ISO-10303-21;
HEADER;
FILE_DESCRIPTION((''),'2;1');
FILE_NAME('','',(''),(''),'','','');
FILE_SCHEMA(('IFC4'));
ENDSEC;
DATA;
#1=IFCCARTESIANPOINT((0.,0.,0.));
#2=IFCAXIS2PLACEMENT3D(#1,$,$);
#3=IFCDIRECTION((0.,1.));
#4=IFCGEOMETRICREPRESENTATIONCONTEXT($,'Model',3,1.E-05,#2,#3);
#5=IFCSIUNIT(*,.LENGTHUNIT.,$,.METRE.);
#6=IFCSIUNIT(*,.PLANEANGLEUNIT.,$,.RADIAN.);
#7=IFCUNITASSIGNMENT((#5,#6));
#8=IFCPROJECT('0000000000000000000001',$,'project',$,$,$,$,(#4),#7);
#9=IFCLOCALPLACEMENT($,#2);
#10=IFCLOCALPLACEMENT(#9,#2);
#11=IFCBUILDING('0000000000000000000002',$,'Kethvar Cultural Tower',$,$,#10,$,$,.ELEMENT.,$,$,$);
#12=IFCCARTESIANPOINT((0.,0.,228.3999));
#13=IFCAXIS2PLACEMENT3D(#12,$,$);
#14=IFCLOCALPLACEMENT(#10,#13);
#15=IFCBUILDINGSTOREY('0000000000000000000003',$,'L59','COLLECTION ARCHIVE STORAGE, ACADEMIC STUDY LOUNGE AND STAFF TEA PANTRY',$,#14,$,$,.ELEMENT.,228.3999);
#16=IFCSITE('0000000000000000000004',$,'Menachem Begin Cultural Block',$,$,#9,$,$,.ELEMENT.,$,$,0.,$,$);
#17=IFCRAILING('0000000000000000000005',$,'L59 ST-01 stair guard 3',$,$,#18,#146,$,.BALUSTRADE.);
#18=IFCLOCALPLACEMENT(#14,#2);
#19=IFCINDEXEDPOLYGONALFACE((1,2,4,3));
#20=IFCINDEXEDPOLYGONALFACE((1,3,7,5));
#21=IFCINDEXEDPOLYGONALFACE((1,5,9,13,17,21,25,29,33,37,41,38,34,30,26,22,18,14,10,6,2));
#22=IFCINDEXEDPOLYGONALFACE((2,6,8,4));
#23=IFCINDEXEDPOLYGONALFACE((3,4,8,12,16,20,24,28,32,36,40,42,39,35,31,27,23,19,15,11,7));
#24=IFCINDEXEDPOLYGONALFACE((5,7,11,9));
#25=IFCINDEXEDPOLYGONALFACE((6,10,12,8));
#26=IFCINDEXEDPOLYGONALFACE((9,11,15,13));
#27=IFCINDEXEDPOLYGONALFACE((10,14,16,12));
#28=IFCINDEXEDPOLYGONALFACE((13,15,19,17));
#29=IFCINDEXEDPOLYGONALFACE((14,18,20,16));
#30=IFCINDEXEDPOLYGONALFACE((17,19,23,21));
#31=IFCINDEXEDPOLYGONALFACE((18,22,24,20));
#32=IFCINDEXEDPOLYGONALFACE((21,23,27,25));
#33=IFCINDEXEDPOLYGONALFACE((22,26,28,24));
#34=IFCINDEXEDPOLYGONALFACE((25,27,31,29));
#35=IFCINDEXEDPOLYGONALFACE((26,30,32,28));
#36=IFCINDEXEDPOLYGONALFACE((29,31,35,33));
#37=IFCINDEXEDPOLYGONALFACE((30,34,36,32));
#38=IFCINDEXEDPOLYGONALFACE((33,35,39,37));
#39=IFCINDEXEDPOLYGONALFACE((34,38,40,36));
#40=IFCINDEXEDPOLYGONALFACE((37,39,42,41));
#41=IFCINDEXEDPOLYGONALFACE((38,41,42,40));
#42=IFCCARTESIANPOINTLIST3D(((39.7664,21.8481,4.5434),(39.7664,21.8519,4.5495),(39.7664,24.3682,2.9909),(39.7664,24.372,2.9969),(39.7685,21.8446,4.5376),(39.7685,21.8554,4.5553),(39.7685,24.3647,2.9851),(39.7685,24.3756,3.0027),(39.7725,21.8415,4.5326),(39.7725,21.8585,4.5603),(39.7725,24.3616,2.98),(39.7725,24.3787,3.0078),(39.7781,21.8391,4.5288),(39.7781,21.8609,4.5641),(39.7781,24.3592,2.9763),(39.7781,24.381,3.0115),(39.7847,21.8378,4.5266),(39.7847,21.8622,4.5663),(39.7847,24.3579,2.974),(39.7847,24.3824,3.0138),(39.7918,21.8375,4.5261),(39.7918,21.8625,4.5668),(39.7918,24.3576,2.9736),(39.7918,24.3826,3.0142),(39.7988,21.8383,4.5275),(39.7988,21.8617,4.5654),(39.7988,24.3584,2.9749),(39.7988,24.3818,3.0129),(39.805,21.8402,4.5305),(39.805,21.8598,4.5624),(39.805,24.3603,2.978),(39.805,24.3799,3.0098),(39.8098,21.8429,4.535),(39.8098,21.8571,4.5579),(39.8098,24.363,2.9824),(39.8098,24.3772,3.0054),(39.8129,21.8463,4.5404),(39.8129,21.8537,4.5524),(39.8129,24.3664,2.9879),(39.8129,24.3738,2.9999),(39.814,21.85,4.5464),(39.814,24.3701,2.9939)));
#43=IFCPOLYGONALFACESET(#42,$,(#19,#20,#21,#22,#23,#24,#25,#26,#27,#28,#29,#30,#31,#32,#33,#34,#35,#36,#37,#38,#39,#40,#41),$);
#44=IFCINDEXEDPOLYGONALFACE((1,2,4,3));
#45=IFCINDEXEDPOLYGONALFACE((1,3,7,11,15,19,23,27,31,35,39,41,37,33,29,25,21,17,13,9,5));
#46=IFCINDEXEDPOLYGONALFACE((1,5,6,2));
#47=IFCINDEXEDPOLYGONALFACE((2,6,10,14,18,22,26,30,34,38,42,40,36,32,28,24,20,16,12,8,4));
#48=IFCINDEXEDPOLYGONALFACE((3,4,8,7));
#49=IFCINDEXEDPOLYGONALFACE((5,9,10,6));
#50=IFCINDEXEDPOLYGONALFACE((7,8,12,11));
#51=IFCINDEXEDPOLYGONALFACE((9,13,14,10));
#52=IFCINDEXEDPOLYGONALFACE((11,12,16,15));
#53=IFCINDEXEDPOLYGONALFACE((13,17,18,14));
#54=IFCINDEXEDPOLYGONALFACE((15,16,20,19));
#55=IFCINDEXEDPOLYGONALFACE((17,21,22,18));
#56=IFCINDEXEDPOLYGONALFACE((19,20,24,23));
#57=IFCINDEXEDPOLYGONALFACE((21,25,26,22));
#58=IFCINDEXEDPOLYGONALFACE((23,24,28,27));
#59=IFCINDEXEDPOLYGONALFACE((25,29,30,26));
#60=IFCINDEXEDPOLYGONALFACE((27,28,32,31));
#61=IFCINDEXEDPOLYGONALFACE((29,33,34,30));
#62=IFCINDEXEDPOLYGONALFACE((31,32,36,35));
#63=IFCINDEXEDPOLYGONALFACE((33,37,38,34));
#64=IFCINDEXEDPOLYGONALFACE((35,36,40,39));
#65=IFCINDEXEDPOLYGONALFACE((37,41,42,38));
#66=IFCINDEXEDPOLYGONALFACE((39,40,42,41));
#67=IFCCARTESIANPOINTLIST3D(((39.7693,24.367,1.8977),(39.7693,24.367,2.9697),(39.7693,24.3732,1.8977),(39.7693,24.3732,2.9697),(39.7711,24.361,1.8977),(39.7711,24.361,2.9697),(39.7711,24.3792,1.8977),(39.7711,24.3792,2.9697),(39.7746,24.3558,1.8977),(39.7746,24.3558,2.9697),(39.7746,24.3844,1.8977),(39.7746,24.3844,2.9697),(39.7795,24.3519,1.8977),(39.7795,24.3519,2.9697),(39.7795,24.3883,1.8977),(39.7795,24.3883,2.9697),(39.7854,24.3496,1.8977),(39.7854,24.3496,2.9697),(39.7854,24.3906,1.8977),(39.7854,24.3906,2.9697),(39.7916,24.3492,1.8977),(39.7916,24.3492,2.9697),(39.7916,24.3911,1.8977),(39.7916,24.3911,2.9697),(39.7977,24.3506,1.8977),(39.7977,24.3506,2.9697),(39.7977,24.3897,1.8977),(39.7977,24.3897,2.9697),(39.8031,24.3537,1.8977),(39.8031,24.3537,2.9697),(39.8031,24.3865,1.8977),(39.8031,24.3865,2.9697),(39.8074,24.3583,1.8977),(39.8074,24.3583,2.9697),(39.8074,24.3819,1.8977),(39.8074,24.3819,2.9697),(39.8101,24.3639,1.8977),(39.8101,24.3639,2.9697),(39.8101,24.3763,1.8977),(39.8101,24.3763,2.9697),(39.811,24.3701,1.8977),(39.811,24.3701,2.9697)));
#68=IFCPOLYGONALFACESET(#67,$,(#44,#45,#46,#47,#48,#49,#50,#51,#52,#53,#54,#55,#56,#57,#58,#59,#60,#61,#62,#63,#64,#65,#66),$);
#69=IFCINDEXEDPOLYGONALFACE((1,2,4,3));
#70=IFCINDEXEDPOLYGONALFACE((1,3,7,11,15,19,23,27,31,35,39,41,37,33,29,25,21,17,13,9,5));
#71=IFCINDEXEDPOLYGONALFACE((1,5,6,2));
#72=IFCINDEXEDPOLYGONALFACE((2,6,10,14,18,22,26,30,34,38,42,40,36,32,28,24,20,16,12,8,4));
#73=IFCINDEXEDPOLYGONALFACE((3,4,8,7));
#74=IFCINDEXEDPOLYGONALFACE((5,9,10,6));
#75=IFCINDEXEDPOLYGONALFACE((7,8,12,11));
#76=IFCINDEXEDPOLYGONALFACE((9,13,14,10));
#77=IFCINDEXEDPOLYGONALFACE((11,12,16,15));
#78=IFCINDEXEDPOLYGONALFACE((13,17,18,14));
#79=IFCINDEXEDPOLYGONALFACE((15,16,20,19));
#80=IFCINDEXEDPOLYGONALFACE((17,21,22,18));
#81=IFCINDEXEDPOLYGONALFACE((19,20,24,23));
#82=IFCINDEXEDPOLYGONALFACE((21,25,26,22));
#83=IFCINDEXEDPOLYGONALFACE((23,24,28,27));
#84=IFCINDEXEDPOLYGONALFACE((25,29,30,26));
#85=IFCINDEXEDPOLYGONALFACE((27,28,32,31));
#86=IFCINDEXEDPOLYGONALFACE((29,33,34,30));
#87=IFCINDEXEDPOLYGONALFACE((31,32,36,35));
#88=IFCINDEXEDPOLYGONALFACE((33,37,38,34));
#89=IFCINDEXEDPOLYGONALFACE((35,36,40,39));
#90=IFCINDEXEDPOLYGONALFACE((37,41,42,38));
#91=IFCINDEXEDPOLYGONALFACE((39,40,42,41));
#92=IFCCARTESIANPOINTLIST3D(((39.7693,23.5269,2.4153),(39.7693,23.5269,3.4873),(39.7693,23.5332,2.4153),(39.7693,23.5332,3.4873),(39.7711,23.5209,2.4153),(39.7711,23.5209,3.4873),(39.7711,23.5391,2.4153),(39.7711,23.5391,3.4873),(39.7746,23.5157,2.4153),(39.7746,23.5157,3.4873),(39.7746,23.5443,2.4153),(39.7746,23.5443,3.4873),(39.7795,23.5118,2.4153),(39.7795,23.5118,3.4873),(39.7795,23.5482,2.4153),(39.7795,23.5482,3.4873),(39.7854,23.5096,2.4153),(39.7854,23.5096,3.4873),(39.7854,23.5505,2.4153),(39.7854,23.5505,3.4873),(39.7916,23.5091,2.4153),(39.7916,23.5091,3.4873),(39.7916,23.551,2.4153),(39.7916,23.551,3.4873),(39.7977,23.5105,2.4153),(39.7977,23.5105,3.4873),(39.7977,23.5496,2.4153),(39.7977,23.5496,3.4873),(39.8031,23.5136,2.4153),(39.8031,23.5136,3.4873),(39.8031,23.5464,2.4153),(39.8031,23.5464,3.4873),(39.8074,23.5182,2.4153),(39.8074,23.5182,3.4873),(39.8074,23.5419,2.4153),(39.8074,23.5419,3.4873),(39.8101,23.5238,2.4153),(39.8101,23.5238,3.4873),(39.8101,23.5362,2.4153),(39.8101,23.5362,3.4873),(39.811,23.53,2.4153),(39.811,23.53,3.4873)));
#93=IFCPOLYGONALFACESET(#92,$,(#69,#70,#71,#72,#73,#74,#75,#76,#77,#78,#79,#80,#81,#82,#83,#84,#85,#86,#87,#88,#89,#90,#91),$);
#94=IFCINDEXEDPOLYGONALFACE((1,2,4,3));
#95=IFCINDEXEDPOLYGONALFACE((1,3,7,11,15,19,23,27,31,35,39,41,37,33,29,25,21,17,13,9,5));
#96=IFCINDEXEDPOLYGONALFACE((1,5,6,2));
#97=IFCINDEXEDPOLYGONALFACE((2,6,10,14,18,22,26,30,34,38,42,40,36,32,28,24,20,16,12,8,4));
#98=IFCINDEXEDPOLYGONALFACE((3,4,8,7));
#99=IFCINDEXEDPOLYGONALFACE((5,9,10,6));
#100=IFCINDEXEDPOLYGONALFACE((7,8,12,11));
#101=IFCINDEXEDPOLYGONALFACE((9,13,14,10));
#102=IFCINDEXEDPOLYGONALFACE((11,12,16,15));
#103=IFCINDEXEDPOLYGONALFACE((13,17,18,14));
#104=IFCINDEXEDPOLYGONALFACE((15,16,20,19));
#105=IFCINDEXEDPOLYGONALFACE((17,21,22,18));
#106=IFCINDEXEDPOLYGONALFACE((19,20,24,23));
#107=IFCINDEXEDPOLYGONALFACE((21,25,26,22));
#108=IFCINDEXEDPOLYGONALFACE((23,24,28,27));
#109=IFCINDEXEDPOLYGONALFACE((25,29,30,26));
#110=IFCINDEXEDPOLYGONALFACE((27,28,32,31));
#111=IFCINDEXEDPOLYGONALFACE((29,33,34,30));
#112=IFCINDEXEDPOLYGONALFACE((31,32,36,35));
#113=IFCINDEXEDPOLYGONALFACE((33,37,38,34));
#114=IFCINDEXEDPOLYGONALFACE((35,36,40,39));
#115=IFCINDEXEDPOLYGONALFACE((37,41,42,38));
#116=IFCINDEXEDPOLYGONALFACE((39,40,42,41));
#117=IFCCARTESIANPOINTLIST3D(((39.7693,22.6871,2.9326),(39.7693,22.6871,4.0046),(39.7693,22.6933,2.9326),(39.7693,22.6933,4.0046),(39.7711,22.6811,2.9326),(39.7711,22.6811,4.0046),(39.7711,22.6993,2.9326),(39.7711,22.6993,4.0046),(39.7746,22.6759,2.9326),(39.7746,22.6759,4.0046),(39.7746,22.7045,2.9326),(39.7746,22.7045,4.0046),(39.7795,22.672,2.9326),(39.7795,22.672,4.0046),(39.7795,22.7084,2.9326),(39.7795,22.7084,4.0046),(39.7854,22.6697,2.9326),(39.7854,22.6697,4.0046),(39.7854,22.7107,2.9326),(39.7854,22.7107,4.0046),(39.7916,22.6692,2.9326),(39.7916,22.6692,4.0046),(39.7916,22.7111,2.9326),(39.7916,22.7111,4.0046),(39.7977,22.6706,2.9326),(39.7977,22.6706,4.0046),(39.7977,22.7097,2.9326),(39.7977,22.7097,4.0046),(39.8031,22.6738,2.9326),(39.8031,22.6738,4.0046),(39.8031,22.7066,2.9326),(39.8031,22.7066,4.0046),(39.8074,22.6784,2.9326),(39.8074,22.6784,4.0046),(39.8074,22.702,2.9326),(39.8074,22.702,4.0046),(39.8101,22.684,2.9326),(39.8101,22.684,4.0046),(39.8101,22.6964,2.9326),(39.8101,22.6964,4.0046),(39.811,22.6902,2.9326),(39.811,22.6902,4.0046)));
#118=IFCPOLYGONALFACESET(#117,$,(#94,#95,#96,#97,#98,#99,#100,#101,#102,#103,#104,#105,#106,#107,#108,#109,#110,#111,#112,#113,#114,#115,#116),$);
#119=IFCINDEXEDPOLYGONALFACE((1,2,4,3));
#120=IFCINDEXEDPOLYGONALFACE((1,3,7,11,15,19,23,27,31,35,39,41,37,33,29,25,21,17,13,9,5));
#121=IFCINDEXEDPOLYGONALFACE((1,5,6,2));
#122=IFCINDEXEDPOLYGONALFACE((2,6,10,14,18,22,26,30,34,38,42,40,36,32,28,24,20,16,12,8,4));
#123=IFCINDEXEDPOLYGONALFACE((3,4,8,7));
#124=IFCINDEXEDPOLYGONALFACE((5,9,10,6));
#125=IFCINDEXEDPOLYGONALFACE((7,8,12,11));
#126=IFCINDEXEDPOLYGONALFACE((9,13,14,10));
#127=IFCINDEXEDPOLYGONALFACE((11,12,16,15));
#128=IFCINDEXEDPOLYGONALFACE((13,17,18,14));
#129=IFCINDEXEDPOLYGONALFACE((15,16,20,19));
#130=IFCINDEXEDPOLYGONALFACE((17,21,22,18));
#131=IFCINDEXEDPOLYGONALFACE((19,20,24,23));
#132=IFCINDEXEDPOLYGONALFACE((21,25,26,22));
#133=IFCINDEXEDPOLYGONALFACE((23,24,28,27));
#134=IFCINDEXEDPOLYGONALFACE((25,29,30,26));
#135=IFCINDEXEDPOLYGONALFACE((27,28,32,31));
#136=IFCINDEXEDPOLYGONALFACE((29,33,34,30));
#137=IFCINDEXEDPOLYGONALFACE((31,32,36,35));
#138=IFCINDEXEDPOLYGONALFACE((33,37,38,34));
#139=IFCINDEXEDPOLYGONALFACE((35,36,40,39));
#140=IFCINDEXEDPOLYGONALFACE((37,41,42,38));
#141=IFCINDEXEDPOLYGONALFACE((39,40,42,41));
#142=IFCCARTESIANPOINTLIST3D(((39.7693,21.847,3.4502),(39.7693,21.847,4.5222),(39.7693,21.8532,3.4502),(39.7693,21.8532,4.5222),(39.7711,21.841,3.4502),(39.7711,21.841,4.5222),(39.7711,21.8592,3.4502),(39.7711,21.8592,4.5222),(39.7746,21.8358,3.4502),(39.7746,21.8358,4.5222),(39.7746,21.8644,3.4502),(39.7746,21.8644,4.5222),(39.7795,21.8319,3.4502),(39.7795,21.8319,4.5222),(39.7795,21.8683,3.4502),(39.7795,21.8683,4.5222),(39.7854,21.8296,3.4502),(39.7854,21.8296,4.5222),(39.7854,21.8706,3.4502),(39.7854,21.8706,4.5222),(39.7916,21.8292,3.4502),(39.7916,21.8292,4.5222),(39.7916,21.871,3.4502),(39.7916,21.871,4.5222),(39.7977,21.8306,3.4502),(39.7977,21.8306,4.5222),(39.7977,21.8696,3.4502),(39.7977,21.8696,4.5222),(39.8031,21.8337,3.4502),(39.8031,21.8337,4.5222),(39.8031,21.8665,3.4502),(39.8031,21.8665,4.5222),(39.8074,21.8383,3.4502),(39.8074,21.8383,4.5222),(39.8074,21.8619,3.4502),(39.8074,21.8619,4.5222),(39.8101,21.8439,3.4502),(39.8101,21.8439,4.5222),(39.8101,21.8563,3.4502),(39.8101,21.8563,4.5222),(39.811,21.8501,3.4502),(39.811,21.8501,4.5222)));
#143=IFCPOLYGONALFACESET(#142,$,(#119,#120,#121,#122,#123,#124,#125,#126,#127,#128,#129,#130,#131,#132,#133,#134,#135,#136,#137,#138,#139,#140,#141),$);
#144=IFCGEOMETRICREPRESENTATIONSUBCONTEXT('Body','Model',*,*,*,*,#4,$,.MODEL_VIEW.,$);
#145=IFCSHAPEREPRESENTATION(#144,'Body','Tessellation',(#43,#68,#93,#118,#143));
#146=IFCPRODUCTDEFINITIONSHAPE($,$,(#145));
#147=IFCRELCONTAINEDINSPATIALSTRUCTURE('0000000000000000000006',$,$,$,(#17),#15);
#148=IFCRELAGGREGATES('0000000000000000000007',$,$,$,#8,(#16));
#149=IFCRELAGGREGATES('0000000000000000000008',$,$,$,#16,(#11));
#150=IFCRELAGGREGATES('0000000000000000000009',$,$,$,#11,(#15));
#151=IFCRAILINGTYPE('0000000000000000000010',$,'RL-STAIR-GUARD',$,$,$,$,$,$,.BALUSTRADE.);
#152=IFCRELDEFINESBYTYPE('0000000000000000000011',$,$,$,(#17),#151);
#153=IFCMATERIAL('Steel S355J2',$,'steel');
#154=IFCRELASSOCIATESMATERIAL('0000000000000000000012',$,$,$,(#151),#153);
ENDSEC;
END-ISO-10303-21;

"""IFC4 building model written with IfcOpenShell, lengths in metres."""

from ifc_helpers import new_model, si_unit, direction, frame, origin, origin_2d, place, context, subcontext, project, spatial, circle, extrude, material, type_object, element, save


model = new_model("IFC4")

# Units and contexts
model_context = context("Model", 3, precision=1e-05, world=origin(), true_north=direction((0.0, 1.0)))
body_context = subcontext(model_context, "Body", "Model", "MODEL_VIEW")
ifc_project = project(units=[si_unit("LENGTHUNIT", "METRE"), si_unit("PLANEANGLEUNIT", "RADIAN")], contexts=[model_context])

# Site, building, storey
site_placement = place(None, origin())
site = spatial("IfcSite", under=ifc_project, at=site_placement, Name="Menachem Begin Cultural Block", CompositionType="ELEMENT", RefElevation=0.0)
building_placement = place(site_placement, origin())
building = spatial("IfcBuilding", under=site, at=building_placement, Name="Kethvar Cultural Tower", CompositionType="ELEMENT")
storey_placement = place(building_placement, frame((0.0, 0.0, 228.3999)))
storey = spatial("IfcBuildingStorey", under=building, at=storey_placement, Name="L59", Description="COLLECTION ARCHIVE STORAGE, ACADEMIC STUDY LOUNGE AND STAFF TEA PANTRY", CompositionType="ELEMENT", Elevation=228.3999)

# Shared definitions
ifc_material_1 = material(Name="Steel S355J2", Category="steel")

# Railing
railing_type_1 = type_object("IfcRailingType", Name="RL-STAIR-GUARD", PredefinedType="BALUSTRADE", material=ifc_material_1)
railing_1_placement = place(storey_placement, frame((39.79, 24.3701, 1.8977)))
element("IfcRailing", 1, at=railing_1_placement, inside=storey, type_object=railing_type_1, Name="L59 ST-01 stair guard 3", PredefinedType="BALUSTRADE", context=body_context, shape_type="SweptSolid", body=[
    extrude(circle(Radius=0.0239, at=origin_2d()), frame((0.0, 0.0, 1.0962), z_axis=(0.0, -0.8514, 0.524516), x_axis=(1.0, 0.0, 0.0)), (0.0, 0.0, 1.0), 2.96),
    extrude(circle(Radius=0.021, at=origin_2d()), origin(), (0.0, 0.0, 1.0), 1.072),
    extrude(circle(Radius=0.021, at=origin_2d()), frame((0.0, -0.8401, 0.5176)), (0.0, 0.0, 1.0), 1.072),
    extrude(circle(Radius=0.021, at=origin_2d()), frame((0.0, -1.6799, 1.0349)), (0.0, 0.0, 1.0), 1.072),
    extrude(circle(Radius=0.021, at=origin_2d()), frame((0.0, -2.52, 1.5525)), (0.0, 0.0, 1.0), 1.072),
])

save(model, "model.ifc")
